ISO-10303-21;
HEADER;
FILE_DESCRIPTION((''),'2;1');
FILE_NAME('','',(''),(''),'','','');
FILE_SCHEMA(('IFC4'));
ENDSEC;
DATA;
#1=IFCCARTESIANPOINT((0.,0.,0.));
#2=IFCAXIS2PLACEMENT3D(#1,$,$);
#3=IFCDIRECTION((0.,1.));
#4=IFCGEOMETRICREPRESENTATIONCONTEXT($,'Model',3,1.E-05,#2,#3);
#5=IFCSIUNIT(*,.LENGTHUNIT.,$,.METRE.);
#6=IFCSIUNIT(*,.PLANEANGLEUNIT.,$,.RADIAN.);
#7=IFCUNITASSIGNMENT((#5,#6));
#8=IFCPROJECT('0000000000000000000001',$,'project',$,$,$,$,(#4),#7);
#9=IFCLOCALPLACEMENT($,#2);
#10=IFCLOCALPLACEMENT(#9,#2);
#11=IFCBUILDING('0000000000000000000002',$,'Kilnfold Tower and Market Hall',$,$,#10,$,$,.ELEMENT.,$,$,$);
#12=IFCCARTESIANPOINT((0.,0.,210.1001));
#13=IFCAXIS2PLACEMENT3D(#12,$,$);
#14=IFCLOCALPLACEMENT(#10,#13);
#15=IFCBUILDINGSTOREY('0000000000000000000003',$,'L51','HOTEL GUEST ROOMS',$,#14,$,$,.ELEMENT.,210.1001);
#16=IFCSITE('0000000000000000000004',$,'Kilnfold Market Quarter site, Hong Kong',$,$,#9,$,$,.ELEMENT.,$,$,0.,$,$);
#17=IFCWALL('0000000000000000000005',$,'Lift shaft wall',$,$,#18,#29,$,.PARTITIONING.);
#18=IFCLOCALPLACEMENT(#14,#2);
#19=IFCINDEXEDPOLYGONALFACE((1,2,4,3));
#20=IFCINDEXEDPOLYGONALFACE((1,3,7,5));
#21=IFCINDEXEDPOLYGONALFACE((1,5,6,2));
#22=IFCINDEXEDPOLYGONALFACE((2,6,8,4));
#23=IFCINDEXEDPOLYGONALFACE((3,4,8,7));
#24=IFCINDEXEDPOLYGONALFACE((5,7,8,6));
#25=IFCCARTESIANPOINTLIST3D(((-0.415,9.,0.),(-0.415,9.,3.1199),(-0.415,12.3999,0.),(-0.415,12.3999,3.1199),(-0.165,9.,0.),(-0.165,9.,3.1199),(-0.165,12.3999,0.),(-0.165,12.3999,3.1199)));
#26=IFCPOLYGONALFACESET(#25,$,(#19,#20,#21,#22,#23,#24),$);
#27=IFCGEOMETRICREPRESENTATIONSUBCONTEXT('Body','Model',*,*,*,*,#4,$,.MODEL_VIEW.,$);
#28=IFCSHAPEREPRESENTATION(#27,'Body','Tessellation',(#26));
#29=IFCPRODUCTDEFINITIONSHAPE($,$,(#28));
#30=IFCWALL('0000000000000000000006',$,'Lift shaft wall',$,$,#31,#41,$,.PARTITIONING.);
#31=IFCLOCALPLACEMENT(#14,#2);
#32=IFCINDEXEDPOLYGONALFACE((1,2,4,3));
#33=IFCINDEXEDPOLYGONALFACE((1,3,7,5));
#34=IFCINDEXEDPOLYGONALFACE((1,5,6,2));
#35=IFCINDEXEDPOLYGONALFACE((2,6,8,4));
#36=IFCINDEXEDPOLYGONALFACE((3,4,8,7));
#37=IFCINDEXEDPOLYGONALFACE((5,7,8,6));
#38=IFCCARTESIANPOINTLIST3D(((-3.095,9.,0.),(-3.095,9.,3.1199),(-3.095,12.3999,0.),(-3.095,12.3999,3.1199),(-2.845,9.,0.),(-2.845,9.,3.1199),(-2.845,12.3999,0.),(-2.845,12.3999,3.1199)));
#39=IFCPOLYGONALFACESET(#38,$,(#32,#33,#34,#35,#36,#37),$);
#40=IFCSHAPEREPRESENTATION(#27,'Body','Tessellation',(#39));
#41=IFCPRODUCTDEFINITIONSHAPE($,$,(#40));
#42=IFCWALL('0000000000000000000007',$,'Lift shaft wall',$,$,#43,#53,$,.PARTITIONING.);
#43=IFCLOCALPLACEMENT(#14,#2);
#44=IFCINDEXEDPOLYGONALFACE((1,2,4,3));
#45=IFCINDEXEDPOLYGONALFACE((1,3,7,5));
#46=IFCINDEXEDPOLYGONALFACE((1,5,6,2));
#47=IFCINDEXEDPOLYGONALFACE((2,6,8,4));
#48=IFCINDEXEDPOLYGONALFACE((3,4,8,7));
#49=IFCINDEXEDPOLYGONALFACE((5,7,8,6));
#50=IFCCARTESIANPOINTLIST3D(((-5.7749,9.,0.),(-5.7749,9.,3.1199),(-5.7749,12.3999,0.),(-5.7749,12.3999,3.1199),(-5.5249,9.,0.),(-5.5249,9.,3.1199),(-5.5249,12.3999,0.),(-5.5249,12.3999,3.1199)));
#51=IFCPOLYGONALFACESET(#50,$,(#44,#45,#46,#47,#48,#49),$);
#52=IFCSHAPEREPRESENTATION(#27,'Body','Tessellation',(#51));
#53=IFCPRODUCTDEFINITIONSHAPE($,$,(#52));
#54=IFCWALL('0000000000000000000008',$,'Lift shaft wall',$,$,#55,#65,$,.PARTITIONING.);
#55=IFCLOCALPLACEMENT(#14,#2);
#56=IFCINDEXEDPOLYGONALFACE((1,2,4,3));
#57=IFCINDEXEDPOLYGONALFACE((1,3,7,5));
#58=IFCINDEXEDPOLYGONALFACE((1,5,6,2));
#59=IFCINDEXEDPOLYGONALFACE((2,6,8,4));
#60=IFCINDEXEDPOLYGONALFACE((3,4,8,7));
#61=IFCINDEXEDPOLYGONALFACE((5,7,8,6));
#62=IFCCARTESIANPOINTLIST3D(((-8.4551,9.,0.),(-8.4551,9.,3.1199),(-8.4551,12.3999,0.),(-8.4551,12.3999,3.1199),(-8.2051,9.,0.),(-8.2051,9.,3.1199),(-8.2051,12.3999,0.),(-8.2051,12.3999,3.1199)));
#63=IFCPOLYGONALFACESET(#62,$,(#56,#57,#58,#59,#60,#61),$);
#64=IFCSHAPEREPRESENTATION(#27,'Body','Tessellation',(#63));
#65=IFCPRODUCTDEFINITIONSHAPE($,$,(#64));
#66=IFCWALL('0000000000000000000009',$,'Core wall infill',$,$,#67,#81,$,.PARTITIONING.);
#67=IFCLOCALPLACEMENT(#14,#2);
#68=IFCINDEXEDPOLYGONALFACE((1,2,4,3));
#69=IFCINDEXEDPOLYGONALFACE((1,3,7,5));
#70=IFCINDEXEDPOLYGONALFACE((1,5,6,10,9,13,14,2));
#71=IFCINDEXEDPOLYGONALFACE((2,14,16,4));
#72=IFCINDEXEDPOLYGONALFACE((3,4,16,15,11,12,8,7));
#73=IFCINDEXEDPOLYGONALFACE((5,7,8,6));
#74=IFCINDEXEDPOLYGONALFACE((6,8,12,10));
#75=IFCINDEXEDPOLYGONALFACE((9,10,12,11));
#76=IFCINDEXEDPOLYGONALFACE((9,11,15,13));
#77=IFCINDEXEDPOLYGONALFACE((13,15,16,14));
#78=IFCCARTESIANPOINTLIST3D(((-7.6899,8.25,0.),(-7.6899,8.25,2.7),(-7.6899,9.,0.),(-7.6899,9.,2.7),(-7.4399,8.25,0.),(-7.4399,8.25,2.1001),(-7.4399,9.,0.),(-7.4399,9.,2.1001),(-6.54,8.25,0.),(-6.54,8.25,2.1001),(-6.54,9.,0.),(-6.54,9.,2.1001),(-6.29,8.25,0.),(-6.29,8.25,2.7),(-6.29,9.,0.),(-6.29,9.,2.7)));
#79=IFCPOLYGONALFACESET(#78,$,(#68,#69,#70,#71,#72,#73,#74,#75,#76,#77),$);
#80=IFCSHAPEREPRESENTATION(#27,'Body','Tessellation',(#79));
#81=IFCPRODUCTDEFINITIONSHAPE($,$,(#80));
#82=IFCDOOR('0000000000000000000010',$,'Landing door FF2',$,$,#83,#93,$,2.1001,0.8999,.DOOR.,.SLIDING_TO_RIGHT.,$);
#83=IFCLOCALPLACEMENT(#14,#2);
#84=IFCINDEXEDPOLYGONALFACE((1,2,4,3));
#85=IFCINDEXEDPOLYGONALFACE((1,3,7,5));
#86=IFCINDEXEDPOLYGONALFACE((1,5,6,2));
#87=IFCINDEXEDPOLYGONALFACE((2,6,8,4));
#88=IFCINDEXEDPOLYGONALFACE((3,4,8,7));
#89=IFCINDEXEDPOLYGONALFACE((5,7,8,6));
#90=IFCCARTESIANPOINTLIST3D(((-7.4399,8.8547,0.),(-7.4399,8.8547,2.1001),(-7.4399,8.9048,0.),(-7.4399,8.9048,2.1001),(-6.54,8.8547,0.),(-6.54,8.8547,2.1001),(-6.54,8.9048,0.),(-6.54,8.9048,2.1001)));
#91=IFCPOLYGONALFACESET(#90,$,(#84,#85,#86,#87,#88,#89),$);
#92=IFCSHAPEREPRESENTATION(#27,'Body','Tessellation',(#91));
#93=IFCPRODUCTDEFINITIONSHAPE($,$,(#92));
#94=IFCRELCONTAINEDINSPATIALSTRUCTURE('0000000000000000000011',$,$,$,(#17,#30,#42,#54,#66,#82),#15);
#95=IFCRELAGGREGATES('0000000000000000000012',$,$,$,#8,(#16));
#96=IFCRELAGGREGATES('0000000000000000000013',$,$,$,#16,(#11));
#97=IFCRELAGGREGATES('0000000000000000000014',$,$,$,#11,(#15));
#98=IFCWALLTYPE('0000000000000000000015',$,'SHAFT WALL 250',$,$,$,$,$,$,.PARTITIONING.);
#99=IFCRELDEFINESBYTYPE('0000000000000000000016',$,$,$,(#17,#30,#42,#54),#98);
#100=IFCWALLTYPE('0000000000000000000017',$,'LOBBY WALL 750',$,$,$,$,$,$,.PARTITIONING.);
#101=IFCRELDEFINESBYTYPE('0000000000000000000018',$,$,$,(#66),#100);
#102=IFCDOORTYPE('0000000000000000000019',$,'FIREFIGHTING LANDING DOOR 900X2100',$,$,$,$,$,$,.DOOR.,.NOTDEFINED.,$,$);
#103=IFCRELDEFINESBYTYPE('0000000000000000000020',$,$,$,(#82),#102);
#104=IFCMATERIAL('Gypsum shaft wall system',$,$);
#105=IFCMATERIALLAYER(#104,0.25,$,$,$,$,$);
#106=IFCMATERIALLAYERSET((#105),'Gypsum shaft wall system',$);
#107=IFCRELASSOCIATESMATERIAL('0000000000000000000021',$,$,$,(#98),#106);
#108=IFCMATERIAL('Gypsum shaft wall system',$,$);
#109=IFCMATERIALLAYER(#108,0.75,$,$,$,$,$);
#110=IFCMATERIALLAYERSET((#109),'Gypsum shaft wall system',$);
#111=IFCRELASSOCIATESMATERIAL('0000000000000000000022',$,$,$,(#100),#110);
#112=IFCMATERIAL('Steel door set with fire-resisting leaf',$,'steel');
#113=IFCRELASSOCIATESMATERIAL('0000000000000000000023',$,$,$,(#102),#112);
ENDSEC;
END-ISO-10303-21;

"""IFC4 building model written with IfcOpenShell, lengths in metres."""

from ifc_helpers import new_model, si_unit, direction, frame, frame_2d, origin, place, context, subcontext, project, spatial, rectangle, extrude, source, transform, mapped, material, layer, layer_set, type_object, element, fill, save


model = new_model("IFC4")

# Units and contexts
model_context = context("Model", 3, precision=1e-05, world=origin(), true_north=direction((0.0, 1.0)))
body_context = subcontext(model_context, "Body", "Model", "MODEL_VIEW")
ifc_project = project(units=[si_unit("LENGTHUNIT", "METRE"), si_unit("PLANEANGLEUNIT", "RADIAN")], contexts=[model_context])

# Site, building, storey
site_placement = place(None, origin())
site = spatial("IfcSite", under=ifc_project, at=site_placement, Name="Kilnfold Market Quarter site, Hong Kong", CompositionType="ELEMENT", RefElevation=0.0)
building_placement = place(site_placement, origin())
building = spatial("IfcBuilding", under=site, at=building_placement, Name="Kilnfold Tower and Market Hall", CompositionType="ELEMENT")
storey_placement = place(building_placement, frame((0.0, 0.0, 210.1001)))
storey = spatial("IfcBuildingStorey", under=building, at=storey_placement, Name="L51", Description="HOTEL GUEST ROOMS", CompositionType="ELEMENT", Elevation=210.1001)

# Walls
ifc_material_1 = material(Name="Gypsum shaft wall system")
ifc_layer_1 = layer(ifc_material_1, 0.25)
ifc_layer_set_1 = layer_set([ifc_layer_1], Name="Gypsum shaft wall system")
wall_type_1 = type_object("IfcWallType", Name="SHAFT WALL 250", PredefinedType="PARTITIONING", material=ifc_layer_set_1)
shared_shape_1 = source(origin(), body_context, "Body", "SweptSolid", [
    extrude(rectangle(XDim=3.3999, YDim=0.25, at=frame_2d((1.7, 0.0))), origin(), (0.0, 0.0, 1.0), 3.1199),
])
for number, where, z_axis, x_axis, name in (
    (1, (-0.29, 9.0, 0.0), (0.0, 0.0, 1.0), (0.0, 1.0, 0.0), "Lift shaft wall"),
    (2, (-2.97, 9.0, 0.0), (0.0, 0.0, 1.0), (0.0, 1.0, 0.0), "Lift shaft wall"),
    (3, (-5.6499, 9.0, 0.0), (0.0, 0.0, 1.0), (0.0, 1.0, 0.0), "Lift shaft wall"),
    (4, (-8.3301, 9.0, 0.0), (0.0, 0.0, 1.0), (0.0, 1.0, 0.0), "Lift shaft wall"),
):
    element("IfcWall", number, at=place(storey_placement, frame(where, z_axis=z_axis, x_axis=x_axis)), inside=storey, type_object=wall_type_1, Name=name, PredefinedType="PARTITIONING", context=body_context, shape_type="MappedRepresentation", body=[
        mapped(shared_shape_1, transform((0.0, 0.0, 0.0))),
    ])

# Wall, opening, door
ifc_material_2 = material(Name="Gypsum shaft wall system")
ifc_layer_2 = layer(ifc_material_2, 0.75)
ifc_layer_set_2 = layer_set([ifc_layer_2], Name="Gypsum shaft wall system")
wall_type_2 = type_object("IfcWallType", Name="LOBBY WALL 750", PredefinedType="PARTITIONING", material=ifc_layer_set_2)
shared_shape_2 = source(origin(), body_context, "Body", "SweptSolid", [
    extrude(rectangle(XDim=1.3999, YDim=0.75, at=frame_2d((0.7, 0.0))), origin(), (0.0, 0.0, 1.0), 2.7),
])
wall_1_placement = place(storey_placement, frame((-7.6899, 8.625, 0.0), z_axis=(0.0, 0.0, 1.0), x_axis=(1.0, 0.0, 0.0)))
wall_1 = element("IfcWall", 5, at=wall_1_placement, inside=storey, type_object=wall_type_2, Name="Core wall infill", PredefinedType="PARTITIONING", context=body_context, shape_type="MappedRepresentation", body=[
    mapped(shared_shape_2, transform((0.0, 0.0, 0.0))),
])
opening_placement = place(wall_1_placement, frame((0.25, 0.0, 0.0)))
opening = element("IfcOpeningElement", 6, at=opening_placement, cuts=wall_1, PredefinedType="OPENING", context=body_context, shape_type="SweptSolid", body=[
    extrude(rectangle(XDim=0.8999, YDim=2.1001, at=frame_2d((0.45, 1.05))), frame((0.0, 0.385, 0.0), z_axis=(0.0, -1.0, 0.0), x_axis=(1.0, 0.0, 0.0)), (0.0, 0.0, 1.0), 0.77),
])
ifc_material_3 = material(Name="Steel door set with fire-resisting leaf", Category="steel")
door_type = type_object("IfcDoorType", Name="FIREFIGHTING LANDING DOOR 900X2100", OperationType="NOTDEFINED", PredefinedType="DOOR", material=ifc_material_3)
door_placement = place(opening_placement, origin())
door = element("IfcDoor", 7, at=door_placement, inside=storey, type_object=door_type, Name="Landing door FF2", OperationType="SLIDING_TO_RIGHT", OverallHeight=2.1001, OverallWidth=0.8999, PredefinedType="DOOR", context=body_context, shape_type="SweptSolid", body=[
    extrude(rectangle(XDim=0.8999, YDim=2.1001, at=frame_2d((0.45, 1.05))), frame((0.0, 0.2798, 0.0), z_axis=(0.0, -1.0, 0.0), x_axis=(1.0, 0.0, 0.0)), (0.0, 0.0, 1.0), 0.05),
])
fill(opening, door)

save(model, "model.ifc")
